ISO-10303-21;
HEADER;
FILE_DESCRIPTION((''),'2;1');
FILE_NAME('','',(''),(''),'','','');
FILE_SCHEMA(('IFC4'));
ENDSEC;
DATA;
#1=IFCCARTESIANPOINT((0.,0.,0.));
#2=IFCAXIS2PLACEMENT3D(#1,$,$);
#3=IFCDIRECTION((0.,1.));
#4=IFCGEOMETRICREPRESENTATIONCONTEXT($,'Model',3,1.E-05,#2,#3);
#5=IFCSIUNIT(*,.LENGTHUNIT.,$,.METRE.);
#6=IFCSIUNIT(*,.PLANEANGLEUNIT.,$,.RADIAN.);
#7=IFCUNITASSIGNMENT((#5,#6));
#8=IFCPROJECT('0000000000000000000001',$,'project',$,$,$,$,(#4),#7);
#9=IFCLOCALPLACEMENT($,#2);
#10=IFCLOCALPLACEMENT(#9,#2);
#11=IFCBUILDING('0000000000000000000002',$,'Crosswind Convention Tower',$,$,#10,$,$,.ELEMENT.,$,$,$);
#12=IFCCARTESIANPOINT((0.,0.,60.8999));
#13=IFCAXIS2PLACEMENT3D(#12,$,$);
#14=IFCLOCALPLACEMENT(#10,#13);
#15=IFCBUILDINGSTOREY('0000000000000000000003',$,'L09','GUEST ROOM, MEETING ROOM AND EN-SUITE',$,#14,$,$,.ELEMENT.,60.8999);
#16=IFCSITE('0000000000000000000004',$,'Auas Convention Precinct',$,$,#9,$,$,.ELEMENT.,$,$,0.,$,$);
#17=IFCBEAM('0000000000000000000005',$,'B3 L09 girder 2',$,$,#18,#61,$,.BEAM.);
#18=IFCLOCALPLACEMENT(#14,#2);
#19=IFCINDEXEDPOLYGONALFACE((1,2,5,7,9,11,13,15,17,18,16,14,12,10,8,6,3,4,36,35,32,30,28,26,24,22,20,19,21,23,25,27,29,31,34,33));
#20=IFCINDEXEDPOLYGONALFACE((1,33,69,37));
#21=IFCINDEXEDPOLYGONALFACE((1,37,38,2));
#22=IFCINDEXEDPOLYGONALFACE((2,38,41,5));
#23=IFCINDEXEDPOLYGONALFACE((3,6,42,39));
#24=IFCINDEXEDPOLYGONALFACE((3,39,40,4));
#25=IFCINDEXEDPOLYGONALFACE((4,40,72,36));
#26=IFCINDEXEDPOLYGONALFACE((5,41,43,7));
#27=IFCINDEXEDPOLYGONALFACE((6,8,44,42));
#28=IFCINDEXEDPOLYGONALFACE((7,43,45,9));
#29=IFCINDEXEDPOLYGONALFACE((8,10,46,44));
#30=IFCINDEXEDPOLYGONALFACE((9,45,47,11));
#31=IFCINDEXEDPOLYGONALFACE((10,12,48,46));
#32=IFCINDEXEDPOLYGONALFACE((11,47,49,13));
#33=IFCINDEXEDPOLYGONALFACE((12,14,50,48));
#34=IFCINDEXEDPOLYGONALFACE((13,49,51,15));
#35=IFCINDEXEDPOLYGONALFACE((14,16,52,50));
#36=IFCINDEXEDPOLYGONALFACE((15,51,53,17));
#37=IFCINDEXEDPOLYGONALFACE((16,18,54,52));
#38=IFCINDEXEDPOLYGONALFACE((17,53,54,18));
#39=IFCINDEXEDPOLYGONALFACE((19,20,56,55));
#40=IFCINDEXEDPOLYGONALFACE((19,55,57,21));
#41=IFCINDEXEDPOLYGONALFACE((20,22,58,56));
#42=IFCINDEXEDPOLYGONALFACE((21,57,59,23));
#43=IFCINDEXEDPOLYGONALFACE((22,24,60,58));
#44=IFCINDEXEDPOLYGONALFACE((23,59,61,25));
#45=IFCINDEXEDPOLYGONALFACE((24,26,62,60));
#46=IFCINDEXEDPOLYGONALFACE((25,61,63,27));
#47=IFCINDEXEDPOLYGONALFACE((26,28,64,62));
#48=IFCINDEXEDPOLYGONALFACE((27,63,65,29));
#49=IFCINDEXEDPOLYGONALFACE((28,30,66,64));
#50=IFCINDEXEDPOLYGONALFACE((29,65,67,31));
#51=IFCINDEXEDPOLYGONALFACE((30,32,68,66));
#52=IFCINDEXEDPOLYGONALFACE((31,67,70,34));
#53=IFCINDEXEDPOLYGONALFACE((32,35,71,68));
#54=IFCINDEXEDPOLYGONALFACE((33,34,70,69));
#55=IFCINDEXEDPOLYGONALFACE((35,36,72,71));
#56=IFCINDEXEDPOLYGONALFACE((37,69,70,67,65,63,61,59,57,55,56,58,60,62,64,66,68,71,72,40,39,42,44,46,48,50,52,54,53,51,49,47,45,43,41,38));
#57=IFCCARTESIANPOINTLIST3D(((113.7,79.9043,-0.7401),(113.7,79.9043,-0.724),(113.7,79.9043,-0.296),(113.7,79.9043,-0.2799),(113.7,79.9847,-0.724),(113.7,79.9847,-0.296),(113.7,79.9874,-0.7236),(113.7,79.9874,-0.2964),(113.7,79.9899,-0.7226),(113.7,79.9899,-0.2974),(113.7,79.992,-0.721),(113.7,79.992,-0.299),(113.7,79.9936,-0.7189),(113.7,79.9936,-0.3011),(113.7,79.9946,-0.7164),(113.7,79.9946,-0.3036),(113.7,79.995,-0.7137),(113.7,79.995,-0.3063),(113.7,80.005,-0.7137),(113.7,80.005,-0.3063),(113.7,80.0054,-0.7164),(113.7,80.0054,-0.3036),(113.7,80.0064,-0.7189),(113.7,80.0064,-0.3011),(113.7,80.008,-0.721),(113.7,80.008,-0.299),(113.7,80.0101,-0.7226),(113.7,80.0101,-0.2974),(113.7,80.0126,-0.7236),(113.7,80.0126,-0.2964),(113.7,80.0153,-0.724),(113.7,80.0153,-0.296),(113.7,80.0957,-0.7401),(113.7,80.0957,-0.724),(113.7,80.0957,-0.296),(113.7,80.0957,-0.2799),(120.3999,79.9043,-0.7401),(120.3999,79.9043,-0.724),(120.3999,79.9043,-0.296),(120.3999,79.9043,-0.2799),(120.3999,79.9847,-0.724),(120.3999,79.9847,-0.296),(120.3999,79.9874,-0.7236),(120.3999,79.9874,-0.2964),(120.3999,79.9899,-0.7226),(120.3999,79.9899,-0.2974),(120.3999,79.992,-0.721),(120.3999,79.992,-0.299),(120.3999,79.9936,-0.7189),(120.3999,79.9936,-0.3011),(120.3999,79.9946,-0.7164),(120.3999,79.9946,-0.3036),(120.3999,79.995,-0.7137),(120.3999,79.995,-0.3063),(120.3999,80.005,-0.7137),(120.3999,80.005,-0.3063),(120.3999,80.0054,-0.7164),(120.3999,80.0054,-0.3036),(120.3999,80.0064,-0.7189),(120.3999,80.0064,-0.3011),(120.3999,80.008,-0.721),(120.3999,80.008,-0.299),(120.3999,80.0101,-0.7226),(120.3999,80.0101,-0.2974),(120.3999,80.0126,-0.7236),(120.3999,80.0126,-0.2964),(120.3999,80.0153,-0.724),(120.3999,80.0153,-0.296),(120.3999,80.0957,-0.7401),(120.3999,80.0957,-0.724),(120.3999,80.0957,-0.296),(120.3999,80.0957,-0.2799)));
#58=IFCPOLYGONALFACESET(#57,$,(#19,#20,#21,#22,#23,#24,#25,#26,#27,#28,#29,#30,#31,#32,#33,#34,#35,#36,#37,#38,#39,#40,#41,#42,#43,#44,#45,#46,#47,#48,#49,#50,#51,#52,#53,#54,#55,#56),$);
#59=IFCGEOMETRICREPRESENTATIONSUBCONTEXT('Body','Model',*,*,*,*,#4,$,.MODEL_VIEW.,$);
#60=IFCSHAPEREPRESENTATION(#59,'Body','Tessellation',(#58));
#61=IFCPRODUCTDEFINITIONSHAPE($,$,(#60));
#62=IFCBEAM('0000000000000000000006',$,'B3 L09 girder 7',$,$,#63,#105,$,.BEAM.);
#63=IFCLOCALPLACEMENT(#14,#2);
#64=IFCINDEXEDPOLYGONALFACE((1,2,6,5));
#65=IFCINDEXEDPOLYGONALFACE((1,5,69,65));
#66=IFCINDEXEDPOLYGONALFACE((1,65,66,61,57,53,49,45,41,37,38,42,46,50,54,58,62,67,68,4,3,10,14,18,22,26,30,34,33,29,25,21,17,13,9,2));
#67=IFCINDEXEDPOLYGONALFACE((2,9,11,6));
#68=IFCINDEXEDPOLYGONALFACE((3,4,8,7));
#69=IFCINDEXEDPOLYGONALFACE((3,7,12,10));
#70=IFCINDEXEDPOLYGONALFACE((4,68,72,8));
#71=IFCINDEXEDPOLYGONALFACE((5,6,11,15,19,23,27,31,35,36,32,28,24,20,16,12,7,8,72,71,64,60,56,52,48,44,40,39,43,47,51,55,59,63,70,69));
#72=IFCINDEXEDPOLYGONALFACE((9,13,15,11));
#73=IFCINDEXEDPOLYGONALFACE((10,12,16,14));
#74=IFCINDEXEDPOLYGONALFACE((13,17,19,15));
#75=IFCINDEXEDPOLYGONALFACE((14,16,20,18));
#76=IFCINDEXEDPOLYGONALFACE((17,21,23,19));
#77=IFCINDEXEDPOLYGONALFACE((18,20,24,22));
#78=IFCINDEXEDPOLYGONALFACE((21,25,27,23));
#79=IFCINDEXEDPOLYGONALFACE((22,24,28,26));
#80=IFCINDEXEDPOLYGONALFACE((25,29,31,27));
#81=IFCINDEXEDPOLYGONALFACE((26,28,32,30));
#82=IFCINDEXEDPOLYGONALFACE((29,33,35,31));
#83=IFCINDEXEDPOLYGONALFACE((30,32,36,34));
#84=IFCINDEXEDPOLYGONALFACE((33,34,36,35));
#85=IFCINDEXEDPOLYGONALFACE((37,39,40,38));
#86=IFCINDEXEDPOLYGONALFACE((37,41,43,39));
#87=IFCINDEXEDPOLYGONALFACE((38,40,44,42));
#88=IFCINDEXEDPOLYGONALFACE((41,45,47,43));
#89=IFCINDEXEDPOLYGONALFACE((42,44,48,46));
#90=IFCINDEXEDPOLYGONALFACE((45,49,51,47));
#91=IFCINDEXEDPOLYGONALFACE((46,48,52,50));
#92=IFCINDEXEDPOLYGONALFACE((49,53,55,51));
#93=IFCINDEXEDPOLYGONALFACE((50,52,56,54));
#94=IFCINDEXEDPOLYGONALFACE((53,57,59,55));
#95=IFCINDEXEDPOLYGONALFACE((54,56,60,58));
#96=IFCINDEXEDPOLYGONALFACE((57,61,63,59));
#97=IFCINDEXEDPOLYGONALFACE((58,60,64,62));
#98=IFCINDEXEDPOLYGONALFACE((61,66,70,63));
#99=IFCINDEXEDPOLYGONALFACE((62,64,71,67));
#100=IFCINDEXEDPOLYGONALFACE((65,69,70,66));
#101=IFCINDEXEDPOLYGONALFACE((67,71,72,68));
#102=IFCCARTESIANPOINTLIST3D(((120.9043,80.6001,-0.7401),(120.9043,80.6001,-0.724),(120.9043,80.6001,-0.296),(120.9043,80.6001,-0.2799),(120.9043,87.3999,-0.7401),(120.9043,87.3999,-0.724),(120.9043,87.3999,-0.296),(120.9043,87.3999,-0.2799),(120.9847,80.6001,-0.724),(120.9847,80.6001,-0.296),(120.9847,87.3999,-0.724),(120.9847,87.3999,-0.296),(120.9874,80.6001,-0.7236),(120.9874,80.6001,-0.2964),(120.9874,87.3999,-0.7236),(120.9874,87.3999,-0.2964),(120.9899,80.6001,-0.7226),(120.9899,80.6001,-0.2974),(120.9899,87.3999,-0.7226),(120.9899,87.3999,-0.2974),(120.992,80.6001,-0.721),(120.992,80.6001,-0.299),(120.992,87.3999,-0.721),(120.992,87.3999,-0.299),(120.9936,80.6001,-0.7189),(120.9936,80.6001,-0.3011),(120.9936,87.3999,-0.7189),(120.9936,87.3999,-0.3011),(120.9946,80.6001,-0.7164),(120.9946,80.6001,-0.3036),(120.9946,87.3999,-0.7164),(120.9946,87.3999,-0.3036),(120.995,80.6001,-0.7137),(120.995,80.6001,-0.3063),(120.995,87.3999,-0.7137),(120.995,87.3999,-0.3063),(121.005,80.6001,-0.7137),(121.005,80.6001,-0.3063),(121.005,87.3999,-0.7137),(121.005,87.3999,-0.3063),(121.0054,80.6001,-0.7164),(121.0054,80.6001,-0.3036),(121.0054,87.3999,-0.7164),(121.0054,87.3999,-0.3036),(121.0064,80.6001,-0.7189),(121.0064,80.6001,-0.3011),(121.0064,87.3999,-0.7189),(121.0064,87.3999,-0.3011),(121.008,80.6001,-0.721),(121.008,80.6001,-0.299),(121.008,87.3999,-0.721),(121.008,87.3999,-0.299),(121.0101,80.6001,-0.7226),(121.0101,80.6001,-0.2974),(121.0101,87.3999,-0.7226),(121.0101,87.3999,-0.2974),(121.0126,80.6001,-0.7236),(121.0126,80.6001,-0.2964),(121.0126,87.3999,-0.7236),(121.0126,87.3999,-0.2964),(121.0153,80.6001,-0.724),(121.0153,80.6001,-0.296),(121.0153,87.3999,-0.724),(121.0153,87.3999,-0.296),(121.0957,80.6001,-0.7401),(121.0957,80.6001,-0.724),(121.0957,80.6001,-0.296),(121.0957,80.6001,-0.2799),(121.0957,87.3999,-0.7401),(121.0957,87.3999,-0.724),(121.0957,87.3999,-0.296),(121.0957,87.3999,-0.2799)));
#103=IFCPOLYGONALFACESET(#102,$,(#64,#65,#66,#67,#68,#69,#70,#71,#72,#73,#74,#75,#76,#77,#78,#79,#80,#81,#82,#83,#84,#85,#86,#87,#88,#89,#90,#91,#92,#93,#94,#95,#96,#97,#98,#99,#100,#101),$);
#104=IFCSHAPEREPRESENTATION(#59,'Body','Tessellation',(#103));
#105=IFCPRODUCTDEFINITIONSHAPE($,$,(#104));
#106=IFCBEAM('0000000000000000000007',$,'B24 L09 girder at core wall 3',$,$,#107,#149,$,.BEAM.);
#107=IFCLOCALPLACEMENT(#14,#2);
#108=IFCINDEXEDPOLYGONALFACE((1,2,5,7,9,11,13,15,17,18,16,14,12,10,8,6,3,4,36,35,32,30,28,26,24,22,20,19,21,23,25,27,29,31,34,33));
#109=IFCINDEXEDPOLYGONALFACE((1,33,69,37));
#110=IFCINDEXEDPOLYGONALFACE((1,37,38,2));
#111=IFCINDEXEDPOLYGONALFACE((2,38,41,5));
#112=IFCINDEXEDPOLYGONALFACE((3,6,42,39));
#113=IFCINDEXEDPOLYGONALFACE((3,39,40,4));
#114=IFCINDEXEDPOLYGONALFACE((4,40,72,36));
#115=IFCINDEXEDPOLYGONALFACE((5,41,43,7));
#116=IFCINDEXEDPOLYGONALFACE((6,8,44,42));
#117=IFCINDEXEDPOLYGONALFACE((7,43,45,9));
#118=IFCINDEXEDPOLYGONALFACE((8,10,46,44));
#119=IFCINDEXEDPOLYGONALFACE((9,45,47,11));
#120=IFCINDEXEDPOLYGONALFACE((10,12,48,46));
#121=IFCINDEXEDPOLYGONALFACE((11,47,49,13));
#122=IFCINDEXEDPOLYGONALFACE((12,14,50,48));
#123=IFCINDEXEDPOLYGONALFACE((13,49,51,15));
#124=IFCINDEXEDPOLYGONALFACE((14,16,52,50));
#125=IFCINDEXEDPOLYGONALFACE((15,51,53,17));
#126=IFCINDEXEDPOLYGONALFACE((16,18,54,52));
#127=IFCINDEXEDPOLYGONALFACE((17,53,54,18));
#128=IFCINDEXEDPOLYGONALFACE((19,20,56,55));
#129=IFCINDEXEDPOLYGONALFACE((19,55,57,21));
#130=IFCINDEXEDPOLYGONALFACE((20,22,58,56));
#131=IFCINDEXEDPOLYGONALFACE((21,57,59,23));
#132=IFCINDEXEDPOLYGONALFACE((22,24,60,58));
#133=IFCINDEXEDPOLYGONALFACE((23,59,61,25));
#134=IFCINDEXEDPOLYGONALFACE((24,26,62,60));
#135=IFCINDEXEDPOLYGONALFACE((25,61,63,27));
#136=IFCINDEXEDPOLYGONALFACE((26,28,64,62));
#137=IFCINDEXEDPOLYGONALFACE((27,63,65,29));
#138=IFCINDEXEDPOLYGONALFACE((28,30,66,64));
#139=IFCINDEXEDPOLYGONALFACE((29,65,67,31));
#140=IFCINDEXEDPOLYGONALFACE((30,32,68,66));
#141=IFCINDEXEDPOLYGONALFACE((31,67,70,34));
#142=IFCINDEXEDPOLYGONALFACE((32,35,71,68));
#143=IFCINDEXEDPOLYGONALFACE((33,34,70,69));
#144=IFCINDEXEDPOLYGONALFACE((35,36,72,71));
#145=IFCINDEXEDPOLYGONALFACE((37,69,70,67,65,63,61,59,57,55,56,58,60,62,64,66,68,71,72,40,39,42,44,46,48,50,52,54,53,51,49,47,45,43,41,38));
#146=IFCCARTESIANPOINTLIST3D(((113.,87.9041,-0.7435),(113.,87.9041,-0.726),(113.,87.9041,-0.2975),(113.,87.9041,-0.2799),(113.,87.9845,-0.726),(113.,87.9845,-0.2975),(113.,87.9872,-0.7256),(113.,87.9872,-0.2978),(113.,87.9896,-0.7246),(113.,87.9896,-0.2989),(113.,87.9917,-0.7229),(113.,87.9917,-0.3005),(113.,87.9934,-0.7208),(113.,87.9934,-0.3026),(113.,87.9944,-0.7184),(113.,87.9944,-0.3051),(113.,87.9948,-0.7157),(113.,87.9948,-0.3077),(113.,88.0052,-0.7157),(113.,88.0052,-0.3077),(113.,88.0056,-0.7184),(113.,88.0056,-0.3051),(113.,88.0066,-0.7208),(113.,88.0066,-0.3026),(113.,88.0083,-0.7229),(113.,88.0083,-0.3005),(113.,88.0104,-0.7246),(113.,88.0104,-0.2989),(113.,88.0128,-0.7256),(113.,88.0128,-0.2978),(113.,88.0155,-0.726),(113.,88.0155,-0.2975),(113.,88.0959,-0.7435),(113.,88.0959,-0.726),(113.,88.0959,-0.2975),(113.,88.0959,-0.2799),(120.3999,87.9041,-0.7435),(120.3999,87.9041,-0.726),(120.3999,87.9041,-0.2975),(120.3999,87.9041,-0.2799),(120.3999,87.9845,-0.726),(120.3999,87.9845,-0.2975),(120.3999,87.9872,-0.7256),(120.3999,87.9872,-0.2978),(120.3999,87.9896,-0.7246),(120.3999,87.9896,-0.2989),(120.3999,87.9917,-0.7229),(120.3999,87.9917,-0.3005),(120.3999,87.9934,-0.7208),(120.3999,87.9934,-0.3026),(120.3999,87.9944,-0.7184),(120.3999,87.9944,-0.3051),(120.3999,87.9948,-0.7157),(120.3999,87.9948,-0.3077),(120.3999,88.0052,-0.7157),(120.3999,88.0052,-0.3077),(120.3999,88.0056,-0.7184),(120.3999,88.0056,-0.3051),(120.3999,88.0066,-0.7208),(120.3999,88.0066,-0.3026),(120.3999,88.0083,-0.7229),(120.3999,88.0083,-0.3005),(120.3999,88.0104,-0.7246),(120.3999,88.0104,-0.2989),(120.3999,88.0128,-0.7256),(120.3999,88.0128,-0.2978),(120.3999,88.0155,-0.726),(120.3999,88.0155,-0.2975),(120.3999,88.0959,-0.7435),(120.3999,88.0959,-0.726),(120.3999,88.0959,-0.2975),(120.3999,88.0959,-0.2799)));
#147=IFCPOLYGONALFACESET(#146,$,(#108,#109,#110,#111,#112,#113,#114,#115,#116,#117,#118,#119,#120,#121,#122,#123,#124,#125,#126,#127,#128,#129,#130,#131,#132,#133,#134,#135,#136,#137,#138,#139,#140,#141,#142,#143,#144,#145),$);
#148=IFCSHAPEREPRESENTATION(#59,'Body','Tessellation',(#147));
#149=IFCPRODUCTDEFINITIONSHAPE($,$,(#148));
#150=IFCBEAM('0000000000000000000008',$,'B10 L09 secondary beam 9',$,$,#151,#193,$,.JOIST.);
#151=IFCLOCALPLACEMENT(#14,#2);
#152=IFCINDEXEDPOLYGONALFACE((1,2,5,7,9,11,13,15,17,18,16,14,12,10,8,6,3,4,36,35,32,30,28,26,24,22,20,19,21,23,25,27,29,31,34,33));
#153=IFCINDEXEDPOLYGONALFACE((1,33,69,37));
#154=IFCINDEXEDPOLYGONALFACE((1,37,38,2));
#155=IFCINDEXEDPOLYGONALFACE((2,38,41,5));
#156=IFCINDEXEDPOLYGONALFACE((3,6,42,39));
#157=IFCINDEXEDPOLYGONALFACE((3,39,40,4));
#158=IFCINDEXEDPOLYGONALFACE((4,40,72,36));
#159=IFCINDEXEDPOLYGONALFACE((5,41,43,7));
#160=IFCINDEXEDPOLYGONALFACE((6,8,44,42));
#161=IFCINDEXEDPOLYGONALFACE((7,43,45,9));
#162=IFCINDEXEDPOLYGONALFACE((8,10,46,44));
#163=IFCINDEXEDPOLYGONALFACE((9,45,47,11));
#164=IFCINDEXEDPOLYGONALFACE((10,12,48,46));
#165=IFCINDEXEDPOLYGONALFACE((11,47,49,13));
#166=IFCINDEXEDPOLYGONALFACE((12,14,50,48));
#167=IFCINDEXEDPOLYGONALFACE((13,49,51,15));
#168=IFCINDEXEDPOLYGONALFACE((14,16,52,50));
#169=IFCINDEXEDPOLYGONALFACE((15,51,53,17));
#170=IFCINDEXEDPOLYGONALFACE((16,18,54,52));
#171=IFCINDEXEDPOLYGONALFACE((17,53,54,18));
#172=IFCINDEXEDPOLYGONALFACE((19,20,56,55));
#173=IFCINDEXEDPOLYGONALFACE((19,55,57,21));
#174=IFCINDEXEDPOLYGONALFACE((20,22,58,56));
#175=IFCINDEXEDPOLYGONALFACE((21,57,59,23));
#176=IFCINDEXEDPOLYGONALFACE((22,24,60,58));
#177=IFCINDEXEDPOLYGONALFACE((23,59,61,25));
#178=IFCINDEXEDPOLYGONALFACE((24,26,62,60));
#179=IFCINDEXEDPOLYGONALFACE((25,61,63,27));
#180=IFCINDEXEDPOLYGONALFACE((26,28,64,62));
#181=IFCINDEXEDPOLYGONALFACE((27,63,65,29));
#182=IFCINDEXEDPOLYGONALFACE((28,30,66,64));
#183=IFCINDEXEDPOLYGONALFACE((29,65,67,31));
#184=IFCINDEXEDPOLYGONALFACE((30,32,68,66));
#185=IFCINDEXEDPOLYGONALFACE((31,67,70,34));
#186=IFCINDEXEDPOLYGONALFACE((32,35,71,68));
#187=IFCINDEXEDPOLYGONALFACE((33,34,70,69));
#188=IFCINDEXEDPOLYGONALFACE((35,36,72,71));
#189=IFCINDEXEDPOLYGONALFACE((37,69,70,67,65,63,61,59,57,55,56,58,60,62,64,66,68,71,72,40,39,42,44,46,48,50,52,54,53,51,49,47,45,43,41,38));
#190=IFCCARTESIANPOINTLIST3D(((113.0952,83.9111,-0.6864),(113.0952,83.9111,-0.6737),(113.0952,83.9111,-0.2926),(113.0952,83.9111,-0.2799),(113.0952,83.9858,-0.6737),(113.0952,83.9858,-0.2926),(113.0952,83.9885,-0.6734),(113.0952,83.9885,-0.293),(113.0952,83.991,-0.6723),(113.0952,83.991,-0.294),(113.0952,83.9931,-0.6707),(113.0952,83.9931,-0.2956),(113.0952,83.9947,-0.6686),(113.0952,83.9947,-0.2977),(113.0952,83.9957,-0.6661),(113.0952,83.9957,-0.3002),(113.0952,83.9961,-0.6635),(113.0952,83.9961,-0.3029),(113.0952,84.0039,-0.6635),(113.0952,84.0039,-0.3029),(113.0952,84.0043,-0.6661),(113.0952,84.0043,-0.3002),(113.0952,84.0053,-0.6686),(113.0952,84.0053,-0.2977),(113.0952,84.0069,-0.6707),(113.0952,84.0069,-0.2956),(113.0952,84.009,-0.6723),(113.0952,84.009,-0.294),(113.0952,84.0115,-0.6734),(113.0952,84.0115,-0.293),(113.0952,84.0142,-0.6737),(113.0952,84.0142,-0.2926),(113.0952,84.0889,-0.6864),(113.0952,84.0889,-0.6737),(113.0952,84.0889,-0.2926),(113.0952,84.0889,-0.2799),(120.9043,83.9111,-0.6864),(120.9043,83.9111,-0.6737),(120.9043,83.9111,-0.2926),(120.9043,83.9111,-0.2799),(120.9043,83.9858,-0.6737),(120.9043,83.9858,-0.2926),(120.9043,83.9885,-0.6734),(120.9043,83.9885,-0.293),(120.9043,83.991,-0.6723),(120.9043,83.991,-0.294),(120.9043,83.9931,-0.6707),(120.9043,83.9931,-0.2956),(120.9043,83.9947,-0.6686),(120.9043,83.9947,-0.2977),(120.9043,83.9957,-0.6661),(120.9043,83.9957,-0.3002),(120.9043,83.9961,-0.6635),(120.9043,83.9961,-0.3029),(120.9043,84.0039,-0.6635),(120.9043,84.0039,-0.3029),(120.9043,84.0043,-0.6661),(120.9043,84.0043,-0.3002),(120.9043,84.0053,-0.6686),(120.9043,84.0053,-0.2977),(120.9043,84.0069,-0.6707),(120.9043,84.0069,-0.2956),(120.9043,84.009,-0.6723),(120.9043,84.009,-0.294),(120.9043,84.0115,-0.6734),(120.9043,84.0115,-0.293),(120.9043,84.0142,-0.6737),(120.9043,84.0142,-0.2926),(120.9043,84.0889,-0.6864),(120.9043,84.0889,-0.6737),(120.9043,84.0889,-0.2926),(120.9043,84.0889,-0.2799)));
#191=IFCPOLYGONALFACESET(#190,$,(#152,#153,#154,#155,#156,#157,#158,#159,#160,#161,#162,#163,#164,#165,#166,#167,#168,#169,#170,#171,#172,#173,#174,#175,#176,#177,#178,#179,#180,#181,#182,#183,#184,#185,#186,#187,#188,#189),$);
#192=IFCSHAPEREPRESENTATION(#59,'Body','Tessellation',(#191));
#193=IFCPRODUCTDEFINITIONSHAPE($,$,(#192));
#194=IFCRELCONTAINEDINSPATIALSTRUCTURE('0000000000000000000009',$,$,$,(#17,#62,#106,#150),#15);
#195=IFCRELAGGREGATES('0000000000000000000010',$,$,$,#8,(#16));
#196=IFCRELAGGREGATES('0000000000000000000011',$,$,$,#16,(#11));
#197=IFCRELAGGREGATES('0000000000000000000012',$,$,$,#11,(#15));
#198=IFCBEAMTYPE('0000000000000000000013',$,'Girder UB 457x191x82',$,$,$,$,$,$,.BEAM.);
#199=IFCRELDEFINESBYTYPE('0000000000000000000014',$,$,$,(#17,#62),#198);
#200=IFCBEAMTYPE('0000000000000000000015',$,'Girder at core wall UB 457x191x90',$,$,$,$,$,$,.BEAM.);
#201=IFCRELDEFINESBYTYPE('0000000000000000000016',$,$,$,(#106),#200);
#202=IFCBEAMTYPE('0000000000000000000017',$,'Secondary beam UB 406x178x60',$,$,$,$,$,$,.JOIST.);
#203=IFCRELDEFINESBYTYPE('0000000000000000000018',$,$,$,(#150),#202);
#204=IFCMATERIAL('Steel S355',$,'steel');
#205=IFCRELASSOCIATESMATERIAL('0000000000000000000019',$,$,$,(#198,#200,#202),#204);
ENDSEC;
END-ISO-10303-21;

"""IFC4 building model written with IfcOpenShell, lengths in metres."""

from ifc_helpers import new_model, si_unit, direction, frame, origin, origin_2d, place, context, subcontext, project, spatial, i_section, extrude, material, material_profile, profile_set, type_object, element, save


model = new_model("IFC4")

# Units and contexts
model_context = context("Model", 3, precision=1e-05, world=origin(), true_north=direction((0.0, 1.0)))
body_context = subcontext(model_context, "Body", "Model", "MODEL_VIEW")
ifc_project = project(units=[si_unit("LENGTHUNIT", "METRE"), si_unit("PLANEANGLEUNIT", "RADIAN")], contexts=[model_context])

# Site, building, storey
site_placement = place(None, origin())
site = spatial("IfcSite", under=ifc_project, at=site_placement, Name="Auas Convention Precinct", CompositionType="ELEMENT", RefElevation=0.0)
building_placement = place(site_placement, origin())
building = spatial("IfcBuilding", under=site, at=building_placement, Name="Crosswind Convention Tower", CompositionType="ELEMENT")
storey_placement = place(building_placement, frame((0.0, 0.0, 60.8999)))
storey = spatial("IfcBuildingStorey", under=building, at=storey_placement, Name="L09", Description="GUEST ROOM, MEETING ROOM AND EN-SUITE", CompositionType="ELEMENT", Elevation=60.8999)

# Beams
ifc_material_1 = material(Name="Steel S355", Category="steel")
ifc_material_profile_1 = material_profile(ifc_material_1, i_section(OverallWidth=0.1914, OverallDepth=0.4602, WebThickness=0.01, FlangeThickness=0.0161, FilletRadius=0.0103, at=origin_2d()), Name="UB 457x191x82")
ifc_profile_set_1 = profile_set([ifc_material_profile_1], Name="Steel S355")
beam_type_1 = type_object("IfcBeamType", Name="Girder UB 457x191x82", PredefinedType="BEAM", material=ifc_profile_set_1)
beam_1_placement = place(storey_placement, frame((113.7, 80.0, -0.51), z_axis=(1.0, 0.0, 0.0), x_axis=(0.0, 1.0, 0.0)))
element("IfcBeam", 1, at=beam_1_placement, inside=storey, type_object=beam_type_1, Name="B3 L09 girder 2", PredefinedType="BEAM", context=body_context, shape_type="SweptSolid", body=[
    extrude(i_section(OverallWidth=0.1914, OverallDepth=0.4602, WebThickness=0.01, FlangeThickness=0.0161, FilletRadius=0.0103, at=origin_2d()), origin(), (0.0, 0.0, 1.0), 6.7),
])
beam_2_placement = place(storey_placement, frame((121.0, 80.6001, -0.51), z_axis=(0.0, 1.0, 0.0), x_axis=(-1.0, 0.0, 0.0)))
element("IfcBeam", 2, at=beam_2_placement, inside=storey, type_object=beam_type_1, Name="B3 L09 girder 7", PredefinedType="BEAM", context=body_context, shape_type="SweptSolid", body=[
    extrude(i_section(OverallWidth=0.1914, OverallDepth=0.4602, WebThickness=0.01, FlangeThickness=0.0161, FilletRadius=0.0103, at=origin_2d()), origin(), (0.0, 0.0, 1.0), 6.7998),
])
ifc_material_profile_2 = material_profile(ifc_material_1, i_section(OverallWidth=0.1919, OverallDepth=0.4636, WebThickness=0.0105, FlangeThickness=0.0176, FilletRadius=0.0103, at=origin_2d()), Name="UB 457x191x90")
ifc_profile_set_2 = profile_set([ifc_material_profile_2], Name="Steel S355")
beam_type_2 = type_object("IfcBeamType", Name="Girder at core wall UB 457x191x90", PredefinedType="BEAM", material=ifc_profile_set_2)
beam_3_placement = place(storey_placement, frame((113.0, 88.0, -0.5117), z_axis=(1.0, 0.0, 0.0), x_axis=(0.0, 1.0, 0.0)))
element("IfcBeam", 3, at=beam_3_placement, inside=storey, type_object=beam_type_2, Name="B24 L09 girder at core wall 3", PredefinedType="BEAM", context=body_context, shape_type="SweptSolid", body=[
    extrude(i_section(OverallWidth=0.1919, OverallDepth=0.4636, WebThickness=0.0105, FlangeThickness=0.0176, FilletRadius=0.0103, at=origin_2d()), origin(), (0.0, 0.0, 1.0), 7.3999),
])
ifc_material_profile_3 = material_profile(ifc_material_1, i_section(OverallWidth=0.1777, OverallDepth=0.4065, WebThickness=0.0078, FlangeThickness=0.0127, FilletRadius=0.0103, at=origin_2d()), Name="UB 406x178x60")
ifc_profile_set_3 = profile_set([ifc_material_profile_3], Name="Steel S355")
beam_type_3 = type_object("IfcBeamType", Name="Secondary beam UB 406x178x60", PredefinedType="JOIST", material=ifc_profile_set_3)
beam_4_placement = place(storey_placement, frame((113.0952, 84.0, -0.4832), z_axis=(1.0, 0.0, 0.0), x_axis=(0.0, 1.0, 0.0)))
element("IfcBeam", 4, at=beam_4_placement, inside=storey, type_object=beam_type_3, Name="B10 L09 secondary beam 9", PredefinedType="JOIST", context=body_context, shape_type="SweptSolid", body=[
    extrude(i_section(OverallWidth=0.1777, OverallDepth=0.4065, WebThickness=0.0078, FlangeThickness=0.0127, FilletRadius=0.0103, at=origin_2d()), origin(), (0.0, 0.0, 1.0), 7.8091),
])

save(model, "model.ifc")
